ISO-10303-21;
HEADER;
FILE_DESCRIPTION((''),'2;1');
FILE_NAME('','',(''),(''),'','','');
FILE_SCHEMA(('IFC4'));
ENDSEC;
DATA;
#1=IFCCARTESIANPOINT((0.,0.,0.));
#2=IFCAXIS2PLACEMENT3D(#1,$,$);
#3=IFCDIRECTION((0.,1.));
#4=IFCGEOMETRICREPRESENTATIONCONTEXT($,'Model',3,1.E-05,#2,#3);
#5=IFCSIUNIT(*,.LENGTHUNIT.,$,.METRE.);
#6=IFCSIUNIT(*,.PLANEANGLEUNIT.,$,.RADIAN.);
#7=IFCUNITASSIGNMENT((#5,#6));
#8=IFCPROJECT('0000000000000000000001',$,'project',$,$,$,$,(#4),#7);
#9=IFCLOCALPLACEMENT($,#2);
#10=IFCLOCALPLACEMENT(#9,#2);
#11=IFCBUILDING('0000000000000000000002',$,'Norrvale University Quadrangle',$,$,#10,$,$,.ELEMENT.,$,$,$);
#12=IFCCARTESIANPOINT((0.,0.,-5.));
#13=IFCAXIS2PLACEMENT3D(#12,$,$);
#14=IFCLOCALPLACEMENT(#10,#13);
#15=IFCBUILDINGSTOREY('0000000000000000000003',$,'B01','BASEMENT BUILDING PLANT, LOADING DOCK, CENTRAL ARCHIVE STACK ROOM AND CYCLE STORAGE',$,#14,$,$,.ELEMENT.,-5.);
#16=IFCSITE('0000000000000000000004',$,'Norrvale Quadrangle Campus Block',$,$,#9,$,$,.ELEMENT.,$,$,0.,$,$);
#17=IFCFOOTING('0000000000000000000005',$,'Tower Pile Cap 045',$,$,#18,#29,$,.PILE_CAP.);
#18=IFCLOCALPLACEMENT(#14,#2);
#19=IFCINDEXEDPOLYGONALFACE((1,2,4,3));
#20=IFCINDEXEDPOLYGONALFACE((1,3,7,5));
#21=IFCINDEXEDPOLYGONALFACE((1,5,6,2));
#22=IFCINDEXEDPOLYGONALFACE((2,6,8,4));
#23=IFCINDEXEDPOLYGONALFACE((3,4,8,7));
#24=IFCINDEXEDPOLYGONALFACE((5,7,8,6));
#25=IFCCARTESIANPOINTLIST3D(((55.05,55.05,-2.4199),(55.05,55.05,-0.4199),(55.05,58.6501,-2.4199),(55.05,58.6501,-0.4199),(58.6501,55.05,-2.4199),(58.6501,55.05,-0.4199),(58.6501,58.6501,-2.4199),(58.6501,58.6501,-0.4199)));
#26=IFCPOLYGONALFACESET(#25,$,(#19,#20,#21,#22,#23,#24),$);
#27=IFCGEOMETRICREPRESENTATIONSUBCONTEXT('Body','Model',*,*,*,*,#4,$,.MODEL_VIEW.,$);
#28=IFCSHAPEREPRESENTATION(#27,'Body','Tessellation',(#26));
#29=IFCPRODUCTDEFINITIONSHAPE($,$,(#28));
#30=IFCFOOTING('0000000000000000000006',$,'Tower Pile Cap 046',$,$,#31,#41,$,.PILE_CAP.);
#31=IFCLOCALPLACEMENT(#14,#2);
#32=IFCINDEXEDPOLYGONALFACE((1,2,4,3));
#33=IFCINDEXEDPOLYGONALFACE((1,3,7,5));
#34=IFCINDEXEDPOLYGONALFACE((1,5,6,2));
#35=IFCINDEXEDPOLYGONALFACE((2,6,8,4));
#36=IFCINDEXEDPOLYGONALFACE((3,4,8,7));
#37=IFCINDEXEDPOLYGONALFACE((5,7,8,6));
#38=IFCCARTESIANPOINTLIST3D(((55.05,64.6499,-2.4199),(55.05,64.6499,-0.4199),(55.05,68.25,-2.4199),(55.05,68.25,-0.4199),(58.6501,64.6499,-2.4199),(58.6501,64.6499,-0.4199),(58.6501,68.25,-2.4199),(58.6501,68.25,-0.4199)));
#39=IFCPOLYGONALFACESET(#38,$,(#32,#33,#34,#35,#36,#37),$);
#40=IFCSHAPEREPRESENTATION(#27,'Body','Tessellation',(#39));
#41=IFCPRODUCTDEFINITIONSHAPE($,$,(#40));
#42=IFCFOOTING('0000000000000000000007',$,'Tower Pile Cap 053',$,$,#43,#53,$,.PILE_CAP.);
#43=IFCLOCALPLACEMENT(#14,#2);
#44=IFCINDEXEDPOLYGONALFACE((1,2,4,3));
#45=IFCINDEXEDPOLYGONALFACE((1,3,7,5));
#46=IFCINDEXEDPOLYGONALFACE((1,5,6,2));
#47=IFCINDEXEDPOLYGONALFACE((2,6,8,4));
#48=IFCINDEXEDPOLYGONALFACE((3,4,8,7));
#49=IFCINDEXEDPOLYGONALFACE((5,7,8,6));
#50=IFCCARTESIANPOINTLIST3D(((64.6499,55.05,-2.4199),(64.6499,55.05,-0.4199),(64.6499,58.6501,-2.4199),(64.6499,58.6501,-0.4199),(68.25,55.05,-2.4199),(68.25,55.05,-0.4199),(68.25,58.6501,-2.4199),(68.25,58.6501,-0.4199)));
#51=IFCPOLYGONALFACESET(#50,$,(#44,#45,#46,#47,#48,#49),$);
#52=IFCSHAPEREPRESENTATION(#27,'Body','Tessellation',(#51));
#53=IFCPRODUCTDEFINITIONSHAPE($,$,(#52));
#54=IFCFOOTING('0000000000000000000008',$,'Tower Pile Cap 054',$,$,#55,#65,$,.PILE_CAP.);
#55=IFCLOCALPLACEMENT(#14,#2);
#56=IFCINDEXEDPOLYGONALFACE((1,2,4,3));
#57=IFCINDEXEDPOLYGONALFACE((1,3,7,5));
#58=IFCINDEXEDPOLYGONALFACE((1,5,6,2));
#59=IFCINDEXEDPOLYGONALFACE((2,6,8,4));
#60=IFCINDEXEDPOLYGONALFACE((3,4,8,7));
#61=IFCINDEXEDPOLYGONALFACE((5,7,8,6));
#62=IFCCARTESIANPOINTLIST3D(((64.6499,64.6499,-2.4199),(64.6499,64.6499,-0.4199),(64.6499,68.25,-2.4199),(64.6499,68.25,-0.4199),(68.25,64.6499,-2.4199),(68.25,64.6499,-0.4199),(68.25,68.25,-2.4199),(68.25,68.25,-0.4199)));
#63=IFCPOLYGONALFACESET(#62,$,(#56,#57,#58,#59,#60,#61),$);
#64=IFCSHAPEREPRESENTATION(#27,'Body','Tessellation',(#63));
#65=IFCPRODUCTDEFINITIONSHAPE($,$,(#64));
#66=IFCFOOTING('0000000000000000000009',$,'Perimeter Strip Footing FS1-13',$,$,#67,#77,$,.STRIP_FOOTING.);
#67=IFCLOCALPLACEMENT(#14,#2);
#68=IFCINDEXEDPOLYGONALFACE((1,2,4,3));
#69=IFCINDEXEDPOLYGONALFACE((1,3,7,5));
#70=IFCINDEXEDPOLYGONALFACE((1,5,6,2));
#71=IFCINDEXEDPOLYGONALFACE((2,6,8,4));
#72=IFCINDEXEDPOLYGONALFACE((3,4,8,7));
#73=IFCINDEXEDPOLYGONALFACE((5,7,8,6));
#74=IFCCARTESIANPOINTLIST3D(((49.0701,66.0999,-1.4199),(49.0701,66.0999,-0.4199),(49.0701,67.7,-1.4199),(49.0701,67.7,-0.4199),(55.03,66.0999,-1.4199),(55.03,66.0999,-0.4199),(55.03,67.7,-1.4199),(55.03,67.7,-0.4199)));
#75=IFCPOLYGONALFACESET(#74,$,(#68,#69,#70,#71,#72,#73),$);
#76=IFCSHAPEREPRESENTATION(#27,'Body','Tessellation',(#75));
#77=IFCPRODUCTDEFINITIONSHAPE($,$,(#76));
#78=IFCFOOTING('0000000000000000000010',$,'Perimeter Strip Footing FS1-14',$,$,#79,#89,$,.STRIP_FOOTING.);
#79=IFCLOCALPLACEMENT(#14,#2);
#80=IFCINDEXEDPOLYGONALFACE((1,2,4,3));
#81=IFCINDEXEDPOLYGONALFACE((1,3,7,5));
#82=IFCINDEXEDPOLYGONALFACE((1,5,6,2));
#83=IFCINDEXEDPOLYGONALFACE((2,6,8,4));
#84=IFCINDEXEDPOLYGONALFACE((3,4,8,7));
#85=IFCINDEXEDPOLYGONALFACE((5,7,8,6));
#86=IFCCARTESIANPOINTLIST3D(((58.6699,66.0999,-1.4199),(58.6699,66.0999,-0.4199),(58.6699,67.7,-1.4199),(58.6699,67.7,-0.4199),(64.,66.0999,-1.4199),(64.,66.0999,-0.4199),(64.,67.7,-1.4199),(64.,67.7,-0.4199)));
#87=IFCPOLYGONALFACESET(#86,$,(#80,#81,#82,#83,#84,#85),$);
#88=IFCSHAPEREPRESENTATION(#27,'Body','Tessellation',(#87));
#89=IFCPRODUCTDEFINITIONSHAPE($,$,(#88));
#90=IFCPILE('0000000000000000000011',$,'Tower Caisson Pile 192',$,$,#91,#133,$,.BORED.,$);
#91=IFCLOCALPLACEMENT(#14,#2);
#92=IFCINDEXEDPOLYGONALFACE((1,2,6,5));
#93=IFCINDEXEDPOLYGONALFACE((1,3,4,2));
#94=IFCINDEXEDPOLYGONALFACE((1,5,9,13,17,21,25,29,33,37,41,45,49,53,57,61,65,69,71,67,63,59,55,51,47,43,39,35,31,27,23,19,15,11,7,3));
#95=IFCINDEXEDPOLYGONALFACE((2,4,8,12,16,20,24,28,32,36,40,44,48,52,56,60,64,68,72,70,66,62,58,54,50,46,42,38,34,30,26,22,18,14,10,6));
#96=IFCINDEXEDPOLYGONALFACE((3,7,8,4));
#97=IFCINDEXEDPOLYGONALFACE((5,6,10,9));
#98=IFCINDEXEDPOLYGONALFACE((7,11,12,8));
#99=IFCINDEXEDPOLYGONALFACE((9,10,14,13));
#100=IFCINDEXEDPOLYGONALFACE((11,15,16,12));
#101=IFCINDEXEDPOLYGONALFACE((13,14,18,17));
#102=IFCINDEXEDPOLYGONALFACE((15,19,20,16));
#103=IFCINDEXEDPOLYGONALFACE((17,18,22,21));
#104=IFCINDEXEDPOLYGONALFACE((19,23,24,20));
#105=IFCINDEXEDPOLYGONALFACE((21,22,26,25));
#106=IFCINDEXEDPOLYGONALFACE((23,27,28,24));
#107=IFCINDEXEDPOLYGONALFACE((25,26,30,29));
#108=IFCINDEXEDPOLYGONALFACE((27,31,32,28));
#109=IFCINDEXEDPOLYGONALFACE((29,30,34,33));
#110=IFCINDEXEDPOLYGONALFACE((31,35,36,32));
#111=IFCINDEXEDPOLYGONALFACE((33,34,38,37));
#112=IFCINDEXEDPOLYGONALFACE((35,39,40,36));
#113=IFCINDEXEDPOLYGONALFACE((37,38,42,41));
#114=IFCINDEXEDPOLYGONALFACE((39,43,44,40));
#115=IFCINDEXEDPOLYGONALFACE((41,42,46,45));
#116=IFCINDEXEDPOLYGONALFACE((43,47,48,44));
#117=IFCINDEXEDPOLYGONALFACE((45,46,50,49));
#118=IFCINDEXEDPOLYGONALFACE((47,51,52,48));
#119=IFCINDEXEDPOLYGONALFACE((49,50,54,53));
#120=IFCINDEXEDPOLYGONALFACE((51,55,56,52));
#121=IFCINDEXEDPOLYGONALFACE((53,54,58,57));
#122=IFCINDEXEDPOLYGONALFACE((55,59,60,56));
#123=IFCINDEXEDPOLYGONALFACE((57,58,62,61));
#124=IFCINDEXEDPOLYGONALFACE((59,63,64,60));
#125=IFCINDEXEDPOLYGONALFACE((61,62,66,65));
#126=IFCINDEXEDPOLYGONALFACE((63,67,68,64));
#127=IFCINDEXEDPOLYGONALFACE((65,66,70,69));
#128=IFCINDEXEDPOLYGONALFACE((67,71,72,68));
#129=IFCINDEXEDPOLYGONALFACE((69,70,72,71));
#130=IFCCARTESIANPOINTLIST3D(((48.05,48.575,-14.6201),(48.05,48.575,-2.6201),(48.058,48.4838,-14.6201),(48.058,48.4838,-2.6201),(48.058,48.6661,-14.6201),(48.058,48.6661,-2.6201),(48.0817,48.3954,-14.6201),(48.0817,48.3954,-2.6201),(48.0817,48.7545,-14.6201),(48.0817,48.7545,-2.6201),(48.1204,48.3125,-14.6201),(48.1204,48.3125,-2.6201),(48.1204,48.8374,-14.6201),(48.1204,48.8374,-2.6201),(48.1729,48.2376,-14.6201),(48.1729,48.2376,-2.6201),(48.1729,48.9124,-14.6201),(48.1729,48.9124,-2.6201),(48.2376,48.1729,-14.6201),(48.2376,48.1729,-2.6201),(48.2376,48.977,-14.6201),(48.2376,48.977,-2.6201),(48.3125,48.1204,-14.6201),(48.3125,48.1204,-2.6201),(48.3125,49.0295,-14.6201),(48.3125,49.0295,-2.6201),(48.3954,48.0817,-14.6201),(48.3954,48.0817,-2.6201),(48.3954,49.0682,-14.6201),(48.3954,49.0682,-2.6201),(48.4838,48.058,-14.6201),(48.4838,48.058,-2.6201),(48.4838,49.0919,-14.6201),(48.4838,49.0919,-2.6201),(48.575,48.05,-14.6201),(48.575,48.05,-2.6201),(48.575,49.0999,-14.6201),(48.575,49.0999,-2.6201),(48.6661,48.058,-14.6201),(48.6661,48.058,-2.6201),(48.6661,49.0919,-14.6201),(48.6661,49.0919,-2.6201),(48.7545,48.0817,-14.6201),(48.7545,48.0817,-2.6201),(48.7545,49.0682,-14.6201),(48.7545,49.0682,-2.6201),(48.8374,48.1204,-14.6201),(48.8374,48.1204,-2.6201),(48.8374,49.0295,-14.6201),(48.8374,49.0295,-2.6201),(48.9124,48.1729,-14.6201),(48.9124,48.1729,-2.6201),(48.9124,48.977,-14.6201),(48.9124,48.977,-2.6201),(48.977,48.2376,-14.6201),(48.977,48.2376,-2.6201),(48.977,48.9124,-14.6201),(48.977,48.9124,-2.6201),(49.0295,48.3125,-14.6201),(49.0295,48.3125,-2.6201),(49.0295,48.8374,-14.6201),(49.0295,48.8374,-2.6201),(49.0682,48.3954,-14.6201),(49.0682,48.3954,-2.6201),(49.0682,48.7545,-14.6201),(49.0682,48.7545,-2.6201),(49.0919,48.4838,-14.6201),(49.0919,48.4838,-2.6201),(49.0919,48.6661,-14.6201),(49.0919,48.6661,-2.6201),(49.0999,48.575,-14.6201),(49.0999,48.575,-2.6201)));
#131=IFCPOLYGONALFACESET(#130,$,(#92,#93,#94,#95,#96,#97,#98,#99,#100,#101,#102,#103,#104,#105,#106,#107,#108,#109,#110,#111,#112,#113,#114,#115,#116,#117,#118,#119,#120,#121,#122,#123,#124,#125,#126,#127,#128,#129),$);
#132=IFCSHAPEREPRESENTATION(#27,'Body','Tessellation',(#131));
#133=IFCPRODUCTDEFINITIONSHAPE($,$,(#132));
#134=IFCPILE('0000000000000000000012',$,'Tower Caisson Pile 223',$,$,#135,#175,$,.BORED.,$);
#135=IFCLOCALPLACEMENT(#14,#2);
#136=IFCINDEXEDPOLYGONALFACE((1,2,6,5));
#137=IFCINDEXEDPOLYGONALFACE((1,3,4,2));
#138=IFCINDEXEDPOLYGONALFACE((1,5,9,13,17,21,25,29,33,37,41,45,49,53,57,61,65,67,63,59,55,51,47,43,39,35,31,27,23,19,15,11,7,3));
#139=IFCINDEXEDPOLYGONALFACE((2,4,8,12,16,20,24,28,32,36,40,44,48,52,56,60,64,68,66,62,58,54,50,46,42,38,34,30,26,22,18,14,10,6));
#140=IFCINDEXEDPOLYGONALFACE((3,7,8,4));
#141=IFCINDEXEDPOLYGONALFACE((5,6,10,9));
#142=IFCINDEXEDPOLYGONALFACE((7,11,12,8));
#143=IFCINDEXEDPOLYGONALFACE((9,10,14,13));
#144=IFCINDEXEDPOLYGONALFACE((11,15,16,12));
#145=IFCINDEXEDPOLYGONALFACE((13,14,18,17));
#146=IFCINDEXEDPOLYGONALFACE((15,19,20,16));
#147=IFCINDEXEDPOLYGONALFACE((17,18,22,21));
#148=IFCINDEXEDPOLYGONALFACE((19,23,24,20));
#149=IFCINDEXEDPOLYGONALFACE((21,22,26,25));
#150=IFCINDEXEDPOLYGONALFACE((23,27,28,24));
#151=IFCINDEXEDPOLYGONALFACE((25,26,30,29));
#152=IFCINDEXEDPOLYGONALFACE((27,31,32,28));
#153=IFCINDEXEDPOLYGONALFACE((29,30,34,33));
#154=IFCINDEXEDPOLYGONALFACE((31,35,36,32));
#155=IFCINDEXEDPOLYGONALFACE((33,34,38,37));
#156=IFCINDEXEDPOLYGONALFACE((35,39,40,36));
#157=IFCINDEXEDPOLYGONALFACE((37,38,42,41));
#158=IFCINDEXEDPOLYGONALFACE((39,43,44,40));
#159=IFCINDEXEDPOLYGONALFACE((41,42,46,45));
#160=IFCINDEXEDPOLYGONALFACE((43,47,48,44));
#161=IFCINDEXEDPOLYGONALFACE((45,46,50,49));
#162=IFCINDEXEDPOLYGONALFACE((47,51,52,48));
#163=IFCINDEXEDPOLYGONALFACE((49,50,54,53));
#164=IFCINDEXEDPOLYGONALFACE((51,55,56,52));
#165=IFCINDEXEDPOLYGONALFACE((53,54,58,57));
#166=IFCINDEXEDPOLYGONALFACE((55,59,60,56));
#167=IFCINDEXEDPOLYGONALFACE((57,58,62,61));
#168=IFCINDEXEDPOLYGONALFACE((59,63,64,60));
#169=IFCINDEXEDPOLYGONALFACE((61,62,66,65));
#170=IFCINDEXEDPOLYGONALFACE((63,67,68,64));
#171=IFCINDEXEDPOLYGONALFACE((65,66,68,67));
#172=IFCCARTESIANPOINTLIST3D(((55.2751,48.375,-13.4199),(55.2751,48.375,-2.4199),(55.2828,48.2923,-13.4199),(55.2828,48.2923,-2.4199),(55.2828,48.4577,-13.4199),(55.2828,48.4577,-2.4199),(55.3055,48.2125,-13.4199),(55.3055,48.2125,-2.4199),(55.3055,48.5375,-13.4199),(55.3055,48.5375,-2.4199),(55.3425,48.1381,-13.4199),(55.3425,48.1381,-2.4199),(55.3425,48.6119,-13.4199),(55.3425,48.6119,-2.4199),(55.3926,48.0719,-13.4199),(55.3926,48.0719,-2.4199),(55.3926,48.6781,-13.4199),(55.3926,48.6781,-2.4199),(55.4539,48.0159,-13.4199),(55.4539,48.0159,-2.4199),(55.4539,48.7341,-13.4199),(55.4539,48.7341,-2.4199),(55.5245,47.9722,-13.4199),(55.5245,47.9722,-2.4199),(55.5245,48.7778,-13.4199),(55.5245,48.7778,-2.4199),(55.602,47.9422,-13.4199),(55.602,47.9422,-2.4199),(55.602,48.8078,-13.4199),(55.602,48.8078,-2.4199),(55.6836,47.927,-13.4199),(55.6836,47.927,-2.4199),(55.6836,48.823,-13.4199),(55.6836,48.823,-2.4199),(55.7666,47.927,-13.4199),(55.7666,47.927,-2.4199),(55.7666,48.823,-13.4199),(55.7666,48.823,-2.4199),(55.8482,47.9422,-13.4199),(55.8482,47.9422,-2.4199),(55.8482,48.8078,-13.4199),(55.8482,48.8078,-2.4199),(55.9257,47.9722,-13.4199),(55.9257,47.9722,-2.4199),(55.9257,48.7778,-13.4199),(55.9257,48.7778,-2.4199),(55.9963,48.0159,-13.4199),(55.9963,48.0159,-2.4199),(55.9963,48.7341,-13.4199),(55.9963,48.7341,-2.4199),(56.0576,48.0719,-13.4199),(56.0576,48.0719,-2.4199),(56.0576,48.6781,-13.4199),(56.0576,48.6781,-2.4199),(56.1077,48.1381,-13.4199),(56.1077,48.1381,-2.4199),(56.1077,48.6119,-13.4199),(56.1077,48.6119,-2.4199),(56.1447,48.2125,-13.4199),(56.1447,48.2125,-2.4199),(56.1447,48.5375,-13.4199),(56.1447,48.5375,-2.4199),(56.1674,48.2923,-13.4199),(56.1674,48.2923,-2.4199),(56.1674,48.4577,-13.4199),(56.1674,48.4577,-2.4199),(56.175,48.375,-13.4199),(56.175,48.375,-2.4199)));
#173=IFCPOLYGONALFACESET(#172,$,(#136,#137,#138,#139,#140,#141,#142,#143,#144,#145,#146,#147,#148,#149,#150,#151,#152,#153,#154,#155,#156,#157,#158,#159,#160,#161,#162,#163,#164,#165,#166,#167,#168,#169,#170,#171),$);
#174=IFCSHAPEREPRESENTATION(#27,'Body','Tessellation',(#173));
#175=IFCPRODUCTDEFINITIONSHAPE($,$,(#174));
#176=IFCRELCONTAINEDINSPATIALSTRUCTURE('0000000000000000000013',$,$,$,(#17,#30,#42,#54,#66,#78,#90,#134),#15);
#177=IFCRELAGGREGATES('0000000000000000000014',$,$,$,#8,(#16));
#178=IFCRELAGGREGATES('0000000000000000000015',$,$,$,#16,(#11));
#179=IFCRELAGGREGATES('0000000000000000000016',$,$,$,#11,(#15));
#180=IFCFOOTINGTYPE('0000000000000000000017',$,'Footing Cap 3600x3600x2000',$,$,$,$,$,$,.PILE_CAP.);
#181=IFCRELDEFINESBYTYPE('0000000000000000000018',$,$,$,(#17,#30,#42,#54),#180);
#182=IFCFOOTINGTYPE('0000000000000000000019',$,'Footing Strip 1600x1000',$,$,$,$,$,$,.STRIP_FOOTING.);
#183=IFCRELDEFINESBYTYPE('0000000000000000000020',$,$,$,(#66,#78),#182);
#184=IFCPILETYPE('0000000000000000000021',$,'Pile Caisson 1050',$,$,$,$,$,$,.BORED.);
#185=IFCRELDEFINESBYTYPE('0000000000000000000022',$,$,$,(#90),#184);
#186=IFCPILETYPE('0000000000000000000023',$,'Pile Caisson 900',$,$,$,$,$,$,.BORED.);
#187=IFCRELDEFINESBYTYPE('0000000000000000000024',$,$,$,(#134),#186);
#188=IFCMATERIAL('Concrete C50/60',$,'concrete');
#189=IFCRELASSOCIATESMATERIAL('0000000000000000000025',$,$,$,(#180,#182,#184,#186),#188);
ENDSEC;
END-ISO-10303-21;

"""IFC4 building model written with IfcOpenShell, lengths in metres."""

from ifc_helpers import new_model, si_unit, direction, frame, origin, origin_2d, place, context, subcontext, project, spatial, rectangle, circle, extrude, material, material_profile, profile_set, type_object, element, save


model = new_model("IFC4")

# Units and contexts
model_context = context("Model", 3, precision=1e-05, world=origin(), true_north=direction((0.0, 1.0)))
body_context = subcontext(model_context, "Body", "Model", "MODEL_VIEW")
ifc_project = project(units=[si_unit("LENGTHUNIT", "METRE"), si_unit("PLANEANGLEUNIT", "RADIAN")], contexts=[model_context])

# Site, building, storey
site_placement = place(None, origin())
site = spatial("IfcSite", under=ifc_project, at=site_placement, Name="Norrvale Quadrangle Campus Block", CompositionType="ELEMENT", RefElevation=0.0)
building_placement = place(site_placement, origin())
building = spatial("IfcBuilding", under=site, at=building_placement, Name="Norrvale University Quadrangle", CompositionType="ELEMENT")
storey_placement = place(building_placement, frame((0.0, 0.0, -5.0)))
storey = spatial("IfcBuildingStorey", under=building, at=storey_placement, Name="B01", Description="BASEMENT BUILDING PLANT, LOADING DOCK, CENTRAL ARCHIVE STACK ROOM AND CYCLE STORAGE", CompositionType="ELEMENT", Elevation=-5.0)

# Footings
ifc_material_1 = material(Name="Concrete C50/60", Category="concrete")
footing_type_1 = type_object("IfcFootingType", Name="Footing Cap 3600x3600x2000", PredefinedType="PILE_CAP", material=ifc_material_1)
for number, where, z_axis, x_axis, name in (
    (1, (56.8501, 56.8501, -2.4199), (0.0, 0.0, 1.0), (1.0, 0.0, 0.0), "Tower Pile Cap 045"),
    (2, (56.8501, 66.45, -2.4199), (0.0, 0.0, 1.0), (1.0, 0.0, 0.0), "Tower Pile Cap 046"),
    (3, (66.45, 56.8501, -2.4199), (0.0, 0.0, 1.0), (1.0, 0.0, 0.0), "Tower Pile Cap 053"),
    (4, (66.45, 66.45, -2.4199), (0.0, 0.0, 1.0), (1.0, 0.0, 0.0), "Tower Pile Cap 054"),
):
    element("IfcFooting", number, at=place(storey_placement, frame(where, z_axis=z_axis, x_axis=x_axis)), inside=storey, type_object=footing_type_1, Name=name, PredefinedType="PILE_CAP", context=body_context, shape_type="SweptSolid", body=[
        extrude(rectangle(XDim=3.6001, YDim=3.6001, at=origin_2d()), origin(), (0.0, 0.0, 1.0), 2.0),
    ])
footing_type_2 = type_object("IfcFootingType", Name="Footing Strip 1600x1000", PredefinedType="STRIP_FOOTING", material=ifc_material_1)
footing_1_placement = place(storey_placement, frame((52.05, 66.8999, -1.4199), z_axis=(0.0, 0.0, 1.0), x_axis=(1.0, 0.0, 0.0)))
element("IfcFooting", 5, at=footing_1_placement, inside=storey, type_object=footing_type_2, Name="Perimeter Strip Footing FS1-13", PredefinedType="STRIP_FOOTING", context=body_context, shape_type="SweptSolid", body=[
    extrude(rectangle(XDim=5.96, YDim=1.6001, at=origin_2d()), origin(), (0.0, 0.0, 1.0), 1.0),
])
footing_2_placement = place(storey_placement, frame((61.335, 66.8999, -1.4199), z_axis=(0.0, 0.0, 1.0), x_axis=(1.0, 0.0, 0.0)))
element("IfcFooting", 6, at=footing_2_placement, inside=storey, type_object=footing_type_2, Name="Perimeter Strip Footing FS1-14", PredefinedType="STRIP_FOOTING", context=body_context, shape_type="SweptSolid", body=[
    extrude(rectangle(XDim=5.3301, YDim=1.6001, at=origin_2d()), origin(), (0.0, 0.0, 1.0), 1.0),
])

# Piles
ifc_material_profile_1 = material_profile(ifc_material_1, circle(Radius=0.5249, at=origin_2d()), Name="Concrete C50/60")
ifc_profile_set_1 = profile_set([ifc_material_profile_1], Name="Concrete C50/60")
pile_type_1 = type_object("IfcPileType", Name="Pile Caisson 1050", PredefinedType="BORED", material=ifc_profile_set_1)
pile_placement = place(storey_placement, frame((48.575, 48.575, -2.6201), z_axis=(0.0, 0.0, -1.0), x_axis=(1.0, 0.0, 0.0)))
element("IfcPile", 7, at=pile_placement, inside=storey, type_object=pile_type_1, Name="Tower Caisson Pile 192", PredefinedType="BORED", context=body_context, shape_type="SweptSolid", body=[
    extrude(circle(Radius=0.5249, at=origin_2d()), origin(), (0.0, 0.0, 1.0), 12.0),
])
ifc_material_profile_2 = material_profile(ifc_material_1, circle(Radius=0.45, at=origin_2d()), Name="Concrete C50/60")
ifc_profile_set_2 = profile_set([ifc_material_profile_2], Name="Concrete C50/60")
pile_type_2 = type_object("IfcPileType", Name="Pile Caisson 900", PredefinedType="BORED", material=ifc_profile_set_2)
for number, where, z_axis, x_axis, name in (
    (8, (55.7251, 48.375, -2.4199), (0.0, 0.0, -1.0), (1.0, 0.0, 0.0), "Tower Caisson Pile 223"),
):
    element("IfcPile", number, at=place(storey_placement, frame(where, z_axis=z_axis, x_axis=x_axis)), inside=storey, type_object=pile_type_2, Name=name, PredefinedType="BORED", context=body_context, shape_type="SweptSolid", body=[
        extrude(circle(Radius=0.45, at=origin_2d()), origin(), (0.0, 0.0, 1.0), 11.0),
    ])

save(model, "model.ifc")
